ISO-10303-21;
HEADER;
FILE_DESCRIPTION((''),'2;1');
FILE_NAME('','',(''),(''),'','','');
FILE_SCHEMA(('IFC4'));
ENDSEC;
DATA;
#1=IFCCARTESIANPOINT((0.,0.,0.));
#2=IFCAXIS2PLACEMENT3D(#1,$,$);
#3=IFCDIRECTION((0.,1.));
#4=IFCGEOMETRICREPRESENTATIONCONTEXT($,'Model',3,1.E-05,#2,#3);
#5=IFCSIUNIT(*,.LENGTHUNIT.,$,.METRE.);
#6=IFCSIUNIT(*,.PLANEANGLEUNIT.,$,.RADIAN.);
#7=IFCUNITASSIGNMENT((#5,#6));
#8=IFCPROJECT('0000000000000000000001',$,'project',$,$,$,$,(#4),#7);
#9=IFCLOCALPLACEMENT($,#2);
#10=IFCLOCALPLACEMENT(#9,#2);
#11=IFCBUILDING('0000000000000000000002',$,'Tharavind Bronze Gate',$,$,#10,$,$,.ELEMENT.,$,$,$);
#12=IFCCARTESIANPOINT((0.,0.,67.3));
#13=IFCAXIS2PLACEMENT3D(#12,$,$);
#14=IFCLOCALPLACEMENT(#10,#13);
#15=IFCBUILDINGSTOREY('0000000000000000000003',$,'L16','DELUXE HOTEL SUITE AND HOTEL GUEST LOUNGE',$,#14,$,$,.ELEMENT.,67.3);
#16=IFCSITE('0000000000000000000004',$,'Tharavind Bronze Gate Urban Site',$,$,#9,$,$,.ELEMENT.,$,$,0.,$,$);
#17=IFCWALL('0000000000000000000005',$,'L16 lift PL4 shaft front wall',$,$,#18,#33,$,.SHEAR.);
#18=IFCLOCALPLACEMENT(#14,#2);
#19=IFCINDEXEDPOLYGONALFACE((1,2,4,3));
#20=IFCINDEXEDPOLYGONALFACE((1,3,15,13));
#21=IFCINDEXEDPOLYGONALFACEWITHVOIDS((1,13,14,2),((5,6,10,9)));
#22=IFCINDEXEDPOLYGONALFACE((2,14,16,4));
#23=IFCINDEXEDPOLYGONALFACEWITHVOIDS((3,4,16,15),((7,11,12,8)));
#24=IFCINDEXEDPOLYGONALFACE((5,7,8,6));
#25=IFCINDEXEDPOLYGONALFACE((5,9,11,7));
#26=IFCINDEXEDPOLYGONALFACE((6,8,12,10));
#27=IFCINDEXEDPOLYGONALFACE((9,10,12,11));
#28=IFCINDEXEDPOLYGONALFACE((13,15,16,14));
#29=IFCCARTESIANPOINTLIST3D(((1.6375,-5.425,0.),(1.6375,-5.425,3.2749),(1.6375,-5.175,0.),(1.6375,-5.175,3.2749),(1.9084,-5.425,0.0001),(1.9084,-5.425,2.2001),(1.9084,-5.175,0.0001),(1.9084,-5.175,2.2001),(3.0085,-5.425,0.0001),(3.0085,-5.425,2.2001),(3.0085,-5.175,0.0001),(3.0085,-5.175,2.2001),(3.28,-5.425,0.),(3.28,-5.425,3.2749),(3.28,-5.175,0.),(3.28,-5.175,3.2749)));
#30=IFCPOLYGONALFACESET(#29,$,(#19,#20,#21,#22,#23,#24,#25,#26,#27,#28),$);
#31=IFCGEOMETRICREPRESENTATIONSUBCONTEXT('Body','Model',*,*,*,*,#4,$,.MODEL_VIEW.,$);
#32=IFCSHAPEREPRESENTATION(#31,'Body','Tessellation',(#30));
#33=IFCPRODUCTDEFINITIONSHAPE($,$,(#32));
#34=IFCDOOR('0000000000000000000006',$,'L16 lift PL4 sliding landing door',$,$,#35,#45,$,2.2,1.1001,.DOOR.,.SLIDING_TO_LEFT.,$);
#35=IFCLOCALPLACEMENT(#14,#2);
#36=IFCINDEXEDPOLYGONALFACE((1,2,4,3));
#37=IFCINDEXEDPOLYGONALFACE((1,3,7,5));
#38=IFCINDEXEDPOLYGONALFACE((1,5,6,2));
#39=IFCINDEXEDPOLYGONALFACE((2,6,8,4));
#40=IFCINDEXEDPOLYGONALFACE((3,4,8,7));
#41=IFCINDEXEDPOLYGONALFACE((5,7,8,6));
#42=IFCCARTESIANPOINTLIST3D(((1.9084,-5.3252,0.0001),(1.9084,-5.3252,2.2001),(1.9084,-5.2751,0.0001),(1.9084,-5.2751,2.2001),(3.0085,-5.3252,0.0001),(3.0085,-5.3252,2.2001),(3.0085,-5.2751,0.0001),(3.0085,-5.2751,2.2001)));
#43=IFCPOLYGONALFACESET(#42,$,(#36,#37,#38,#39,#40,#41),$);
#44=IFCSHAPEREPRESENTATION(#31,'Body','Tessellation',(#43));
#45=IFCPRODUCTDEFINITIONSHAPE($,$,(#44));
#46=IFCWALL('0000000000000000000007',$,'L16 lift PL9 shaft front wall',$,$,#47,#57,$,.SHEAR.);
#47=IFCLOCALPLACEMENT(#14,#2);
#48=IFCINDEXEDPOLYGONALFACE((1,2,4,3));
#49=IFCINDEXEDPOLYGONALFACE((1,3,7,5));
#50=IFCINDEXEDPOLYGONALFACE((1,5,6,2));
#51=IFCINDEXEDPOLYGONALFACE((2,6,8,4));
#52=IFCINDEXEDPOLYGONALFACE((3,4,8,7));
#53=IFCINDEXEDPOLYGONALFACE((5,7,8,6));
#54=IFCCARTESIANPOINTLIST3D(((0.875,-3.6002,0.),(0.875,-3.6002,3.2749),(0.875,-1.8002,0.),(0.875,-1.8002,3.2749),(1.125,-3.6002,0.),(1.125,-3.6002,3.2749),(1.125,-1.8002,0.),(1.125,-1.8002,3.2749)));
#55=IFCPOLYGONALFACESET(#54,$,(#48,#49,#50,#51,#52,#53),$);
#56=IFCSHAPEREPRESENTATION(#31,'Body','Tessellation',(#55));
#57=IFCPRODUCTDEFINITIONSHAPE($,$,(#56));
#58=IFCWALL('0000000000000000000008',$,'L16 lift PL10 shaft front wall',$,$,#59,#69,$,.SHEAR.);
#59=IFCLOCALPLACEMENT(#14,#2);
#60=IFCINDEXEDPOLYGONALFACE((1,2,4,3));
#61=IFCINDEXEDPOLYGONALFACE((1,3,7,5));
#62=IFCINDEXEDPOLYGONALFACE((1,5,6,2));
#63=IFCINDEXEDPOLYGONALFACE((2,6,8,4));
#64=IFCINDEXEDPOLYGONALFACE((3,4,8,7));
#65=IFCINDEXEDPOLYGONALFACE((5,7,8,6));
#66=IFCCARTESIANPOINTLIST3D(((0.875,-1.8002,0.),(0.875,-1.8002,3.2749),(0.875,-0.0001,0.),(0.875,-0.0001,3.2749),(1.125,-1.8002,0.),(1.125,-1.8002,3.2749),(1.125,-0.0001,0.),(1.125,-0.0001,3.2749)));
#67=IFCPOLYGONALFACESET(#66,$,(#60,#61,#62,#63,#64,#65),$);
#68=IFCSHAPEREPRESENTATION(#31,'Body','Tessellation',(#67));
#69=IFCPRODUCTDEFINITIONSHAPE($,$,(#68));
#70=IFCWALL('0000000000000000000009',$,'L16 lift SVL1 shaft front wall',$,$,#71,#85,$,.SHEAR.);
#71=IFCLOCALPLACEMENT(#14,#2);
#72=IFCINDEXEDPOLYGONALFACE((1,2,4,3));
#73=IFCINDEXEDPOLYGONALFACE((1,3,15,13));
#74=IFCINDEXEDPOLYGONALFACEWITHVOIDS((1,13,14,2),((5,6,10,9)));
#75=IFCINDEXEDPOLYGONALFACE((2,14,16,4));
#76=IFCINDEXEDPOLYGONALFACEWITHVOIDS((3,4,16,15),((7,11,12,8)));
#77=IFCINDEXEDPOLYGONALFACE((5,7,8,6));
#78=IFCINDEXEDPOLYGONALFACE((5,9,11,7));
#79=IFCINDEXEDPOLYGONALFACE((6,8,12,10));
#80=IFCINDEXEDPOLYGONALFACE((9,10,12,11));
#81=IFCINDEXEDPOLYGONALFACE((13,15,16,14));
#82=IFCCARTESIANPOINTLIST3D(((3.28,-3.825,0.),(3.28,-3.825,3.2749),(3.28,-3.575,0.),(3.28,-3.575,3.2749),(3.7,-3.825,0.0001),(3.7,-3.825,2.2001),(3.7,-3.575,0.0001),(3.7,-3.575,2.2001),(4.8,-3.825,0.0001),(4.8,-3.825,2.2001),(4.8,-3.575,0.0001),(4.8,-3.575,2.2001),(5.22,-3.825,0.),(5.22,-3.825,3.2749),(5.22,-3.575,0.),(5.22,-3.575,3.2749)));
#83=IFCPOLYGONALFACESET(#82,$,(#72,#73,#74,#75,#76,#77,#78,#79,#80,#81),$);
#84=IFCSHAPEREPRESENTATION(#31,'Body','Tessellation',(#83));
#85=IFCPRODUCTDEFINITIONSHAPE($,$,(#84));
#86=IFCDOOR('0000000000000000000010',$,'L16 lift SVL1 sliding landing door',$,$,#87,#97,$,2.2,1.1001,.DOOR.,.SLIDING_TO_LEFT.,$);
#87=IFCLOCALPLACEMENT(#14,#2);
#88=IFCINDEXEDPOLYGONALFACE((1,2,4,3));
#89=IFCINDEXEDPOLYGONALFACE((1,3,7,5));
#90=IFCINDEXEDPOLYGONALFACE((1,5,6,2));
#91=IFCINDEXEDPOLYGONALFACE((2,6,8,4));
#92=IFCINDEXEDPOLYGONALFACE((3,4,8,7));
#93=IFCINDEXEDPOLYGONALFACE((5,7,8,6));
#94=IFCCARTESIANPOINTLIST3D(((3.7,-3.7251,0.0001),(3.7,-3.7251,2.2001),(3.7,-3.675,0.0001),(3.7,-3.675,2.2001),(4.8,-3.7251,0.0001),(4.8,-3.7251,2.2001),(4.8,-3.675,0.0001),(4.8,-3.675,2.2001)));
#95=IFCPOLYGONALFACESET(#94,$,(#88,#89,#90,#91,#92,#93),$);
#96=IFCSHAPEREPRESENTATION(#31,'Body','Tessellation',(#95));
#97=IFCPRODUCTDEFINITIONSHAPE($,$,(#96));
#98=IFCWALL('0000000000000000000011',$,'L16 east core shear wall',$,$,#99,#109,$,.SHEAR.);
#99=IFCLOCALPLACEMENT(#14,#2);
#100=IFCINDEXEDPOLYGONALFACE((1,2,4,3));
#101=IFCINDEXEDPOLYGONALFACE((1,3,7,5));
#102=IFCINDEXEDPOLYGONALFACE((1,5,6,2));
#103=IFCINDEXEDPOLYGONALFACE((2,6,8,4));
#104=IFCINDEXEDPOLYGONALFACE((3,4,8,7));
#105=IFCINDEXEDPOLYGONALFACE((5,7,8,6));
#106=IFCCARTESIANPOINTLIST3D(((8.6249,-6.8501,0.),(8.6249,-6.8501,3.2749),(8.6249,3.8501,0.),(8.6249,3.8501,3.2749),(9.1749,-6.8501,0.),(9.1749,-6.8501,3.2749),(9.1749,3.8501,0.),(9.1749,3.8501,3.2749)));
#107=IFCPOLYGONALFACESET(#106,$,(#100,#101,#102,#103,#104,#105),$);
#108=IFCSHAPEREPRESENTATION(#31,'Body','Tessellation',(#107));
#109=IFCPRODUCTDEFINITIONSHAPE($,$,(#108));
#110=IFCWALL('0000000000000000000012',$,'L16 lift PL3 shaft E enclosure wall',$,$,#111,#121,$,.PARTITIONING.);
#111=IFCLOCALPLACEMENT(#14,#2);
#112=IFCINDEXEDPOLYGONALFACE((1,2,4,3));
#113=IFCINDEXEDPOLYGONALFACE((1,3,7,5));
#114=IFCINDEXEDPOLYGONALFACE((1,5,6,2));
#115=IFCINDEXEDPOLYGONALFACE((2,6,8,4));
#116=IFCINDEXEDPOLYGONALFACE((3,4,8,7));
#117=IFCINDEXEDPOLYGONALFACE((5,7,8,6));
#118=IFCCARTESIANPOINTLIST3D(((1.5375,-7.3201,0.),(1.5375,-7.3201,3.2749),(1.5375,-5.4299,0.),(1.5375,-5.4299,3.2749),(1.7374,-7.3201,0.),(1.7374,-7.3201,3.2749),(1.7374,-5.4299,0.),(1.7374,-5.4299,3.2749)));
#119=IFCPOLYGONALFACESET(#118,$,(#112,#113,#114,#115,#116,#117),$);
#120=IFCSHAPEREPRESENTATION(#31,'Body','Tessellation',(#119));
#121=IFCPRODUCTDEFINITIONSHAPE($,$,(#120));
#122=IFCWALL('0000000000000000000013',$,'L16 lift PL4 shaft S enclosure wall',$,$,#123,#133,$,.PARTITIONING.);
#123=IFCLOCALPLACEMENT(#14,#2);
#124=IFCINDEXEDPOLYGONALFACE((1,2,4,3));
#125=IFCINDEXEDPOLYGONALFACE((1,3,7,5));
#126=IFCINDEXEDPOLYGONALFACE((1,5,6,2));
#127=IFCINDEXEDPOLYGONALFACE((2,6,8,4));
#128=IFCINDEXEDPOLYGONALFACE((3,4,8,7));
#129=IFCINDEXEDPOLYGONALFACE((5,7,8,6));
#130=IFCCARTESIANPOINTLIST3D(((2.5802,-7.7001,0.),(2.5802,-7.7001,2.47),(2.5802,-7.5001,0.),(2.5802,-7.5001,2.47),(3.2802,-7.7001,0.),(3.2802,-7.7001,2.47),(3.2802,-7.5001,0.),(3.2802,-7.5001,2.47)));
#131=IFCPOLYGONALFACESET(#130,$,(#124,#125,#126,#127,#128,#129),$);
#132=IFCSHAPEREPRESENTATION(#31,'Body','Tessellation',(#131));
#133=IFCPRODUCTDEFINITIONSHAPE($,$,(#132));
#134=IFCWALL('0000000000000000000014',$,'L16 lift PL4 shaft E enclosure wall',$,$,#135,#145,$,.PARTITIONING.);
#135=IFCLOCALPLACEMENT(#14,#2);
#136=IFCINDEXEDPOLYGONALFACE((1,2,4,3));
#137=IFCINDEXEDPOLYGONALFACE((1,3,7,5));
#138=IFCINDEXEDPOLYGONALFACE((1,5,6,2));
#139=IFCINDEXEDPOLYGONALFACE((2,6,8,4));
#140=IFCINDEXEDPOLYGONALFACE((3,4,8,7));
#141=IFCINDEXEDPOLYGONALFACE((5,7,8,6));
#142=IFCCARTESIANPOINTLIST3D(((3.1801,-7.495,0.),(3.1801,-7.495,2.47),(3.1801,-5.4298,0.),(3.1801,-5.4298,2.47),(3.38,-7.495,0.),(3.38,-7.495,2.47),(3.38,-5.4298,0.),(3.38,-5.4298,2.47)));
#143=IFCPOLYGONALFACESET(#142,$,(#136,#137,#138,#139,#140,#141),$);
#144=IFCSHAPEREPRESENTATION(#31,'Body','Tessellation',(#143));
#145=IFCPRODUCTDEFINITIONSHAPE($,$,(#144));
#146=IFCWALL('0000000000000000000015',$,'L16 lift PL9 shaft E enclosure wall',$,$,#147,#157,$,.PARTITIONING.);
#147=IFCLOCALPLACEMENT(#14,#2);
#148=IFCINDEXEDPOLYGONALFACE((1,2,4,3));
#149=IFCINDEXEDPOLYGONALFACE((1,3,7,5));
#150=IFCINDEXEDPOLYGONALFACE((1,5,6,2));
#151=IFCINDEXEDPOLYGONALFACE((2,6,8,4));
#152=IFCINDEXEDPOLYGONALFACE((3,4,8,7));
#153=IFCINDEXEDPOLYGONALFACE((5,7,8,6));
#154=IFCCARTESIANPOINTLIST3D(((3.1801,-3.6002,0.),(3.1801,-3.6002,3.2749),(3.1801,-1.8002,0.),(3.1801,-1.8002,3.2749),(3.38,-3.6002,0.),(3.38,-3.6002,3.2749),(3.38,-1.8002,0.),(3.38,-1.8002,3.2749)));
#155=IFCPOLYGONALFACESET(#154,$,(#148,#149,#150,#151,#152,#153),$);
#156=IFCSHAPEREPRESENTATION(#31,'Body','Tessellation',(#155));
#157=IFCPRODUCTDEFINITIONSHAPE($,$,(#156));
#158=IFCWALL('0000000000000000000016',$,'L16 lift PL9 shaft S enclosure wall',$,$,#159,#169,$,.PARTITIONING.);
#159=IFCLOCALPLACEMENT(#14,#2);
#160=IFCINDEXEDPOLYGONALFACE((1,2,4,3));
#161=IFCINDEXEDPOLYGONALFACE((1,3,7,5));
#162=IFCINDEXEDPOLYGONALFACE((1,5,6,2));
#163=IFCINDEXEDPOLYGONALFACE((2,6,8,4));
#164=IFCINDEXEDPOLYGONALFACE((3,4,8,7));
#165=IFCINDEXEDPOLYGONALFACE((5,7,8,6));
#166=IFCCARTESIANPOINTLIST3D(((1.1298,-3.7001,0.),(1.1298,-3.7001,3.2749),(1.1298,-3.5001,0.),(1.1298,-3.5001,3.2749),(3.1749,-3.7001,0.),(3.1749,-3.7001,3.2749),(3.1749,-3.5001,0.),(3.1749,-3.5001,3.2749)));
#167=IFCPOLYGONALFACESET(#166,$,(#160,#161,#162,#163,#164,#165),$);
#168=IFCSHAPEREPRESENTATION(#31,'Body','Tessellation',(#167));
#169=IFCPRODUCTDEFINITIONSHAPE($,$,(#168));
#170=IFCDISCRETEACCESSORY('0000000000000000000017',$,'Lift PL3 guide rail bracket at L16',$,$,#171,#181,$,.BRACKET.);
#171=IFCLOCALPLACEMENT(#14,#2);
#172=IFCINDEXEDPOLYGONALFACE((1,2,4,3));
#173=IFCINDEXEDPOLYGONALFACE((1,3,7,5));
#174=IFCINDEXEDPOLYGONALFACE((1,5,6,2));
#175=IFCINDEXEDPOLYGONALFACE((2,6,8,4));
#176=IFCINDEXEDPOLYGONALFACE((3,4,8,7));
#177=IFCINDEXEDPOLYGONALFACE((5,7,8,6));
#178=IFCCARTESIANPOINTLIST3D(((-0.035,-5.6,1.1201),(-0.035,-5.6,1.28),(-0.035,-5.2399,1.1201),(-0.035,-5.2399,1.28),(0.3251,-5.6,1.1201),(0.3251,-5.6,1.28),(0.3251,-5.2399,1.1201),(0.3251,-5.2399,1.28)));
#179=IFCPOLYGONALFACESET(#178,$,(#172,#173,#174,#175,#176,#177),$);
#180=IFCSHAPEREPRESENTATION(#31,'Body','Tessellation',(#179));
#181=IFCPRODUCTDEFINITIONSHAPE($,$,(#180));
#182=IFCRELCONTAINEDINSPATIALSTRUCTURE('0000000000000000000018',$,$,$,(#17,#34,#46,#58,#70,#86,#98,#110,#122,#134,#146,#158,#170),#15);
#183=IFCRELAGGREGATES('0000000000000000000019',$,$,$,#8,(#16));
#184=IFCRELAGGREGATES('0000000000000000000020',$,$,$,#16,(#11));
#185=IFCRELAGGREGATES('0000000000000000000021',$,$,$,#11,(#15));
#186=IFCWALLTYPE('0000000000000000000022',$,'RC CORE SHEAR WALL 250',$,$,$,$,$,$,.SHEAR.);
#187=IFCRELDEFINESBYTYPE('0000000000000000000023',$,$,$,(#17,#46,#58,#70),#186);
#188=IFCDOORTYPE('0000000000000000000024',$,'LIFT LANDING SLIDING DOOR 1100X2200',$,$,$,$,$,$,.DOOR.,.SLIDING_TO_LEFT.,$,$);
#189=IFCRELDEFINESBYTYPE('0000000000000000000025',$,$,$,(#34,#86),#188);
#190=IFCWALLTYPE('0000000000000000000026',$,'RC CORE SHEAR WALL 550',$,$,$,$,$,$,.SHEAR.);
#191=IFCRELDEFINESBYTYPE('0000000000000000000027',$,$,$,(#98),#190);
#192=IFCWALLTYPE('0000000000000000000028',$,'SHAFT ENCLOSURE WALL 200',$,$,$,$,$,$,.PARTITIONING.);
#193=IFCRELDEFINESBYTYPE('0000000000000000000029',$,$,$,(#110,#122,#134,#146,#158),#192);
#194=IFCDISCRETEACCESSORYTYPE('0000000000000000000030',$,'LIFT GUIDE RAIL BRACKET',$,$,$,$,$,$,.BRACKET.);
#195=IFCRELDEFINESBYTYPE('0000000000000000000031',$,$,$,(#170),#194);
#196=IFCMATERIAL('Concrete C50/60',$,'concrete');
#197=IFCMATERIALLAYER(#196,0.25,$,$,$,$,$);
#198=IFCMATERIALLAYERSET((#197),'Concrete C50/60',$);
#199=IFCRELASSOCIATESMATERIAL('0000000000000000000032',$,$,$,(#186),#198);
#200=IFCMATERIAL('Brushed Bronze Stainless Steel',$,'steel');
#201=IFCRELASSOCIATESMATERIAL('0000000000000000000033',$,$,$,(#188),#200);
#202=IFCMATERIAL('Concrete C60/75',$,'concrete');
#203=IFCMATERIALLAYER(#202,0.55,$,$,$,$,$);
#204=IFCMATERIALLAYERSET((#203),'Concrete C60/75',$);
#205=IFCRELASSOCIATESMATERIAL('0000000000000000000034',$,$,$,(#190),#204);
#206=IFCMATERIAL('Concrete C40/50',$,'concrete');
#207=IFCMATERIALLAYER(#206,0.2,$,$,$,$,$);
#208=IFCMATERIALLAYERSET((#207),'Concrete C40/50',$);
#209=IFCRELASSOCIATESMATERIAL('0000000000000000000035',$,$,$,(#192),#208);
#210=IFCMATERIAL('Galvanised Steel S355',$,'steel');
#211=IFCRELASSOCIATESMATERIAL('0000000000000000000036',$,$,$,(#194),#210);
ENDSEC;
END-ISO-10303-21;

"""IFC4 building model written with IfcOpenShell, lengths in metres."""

from ifc_helpers import new_model, si_unit, direction, frame, frame_2d, origin, origin_2d, place, context, subcontext, project, spatial, rectangle, extrude, material, layer, layer_set, type_object, element, fill, save


model = new_model("IFC4")

# Units and contexts
model_context = context("Model", 3, precision=1e-05, world=origin(), true_north=direction((0.0, 1.0)))
body_context = subcontext(model_context, "Body", "Model", "MODEL_VIEW")
ifc_project = project(units=[si_unit("LENGTHUNIT", "METRE"), si_unit("PLANEANGLEUNIT", "RADIAN")], contexts=[model_context])

# Site, building, storey
site_placement = place(None, origin())
site = spatial("IfcSite", under=ifc_project, at=site_placement, Name="Tharavind Bronze Gate Urban Site", CompositionType="ELEMENT", RefElevation=0.0)
building_placement = place(site_placement, origin())
building = spatial("IfcBuilding", under=site, at=building_placement, Name="Tharavind Bronze Gate", CompositionType="ELEMENT")
storey_placement = place(building_placement, frame((0.0, 0.0, 67.3)))
storey = spatial("IfcBuildingStorey", under=building, at=storey_placement, Name="L16", Description="DELUXE HOTEL SUITE AND HOTEL GUEST LOUNGE", CompositionType="ELEMENT", Elevation=67.3)

# Shared definitions
ifc_material_1 = material(Name="Concrete C50/60", Category="concrete")
ifc_layer_1 = layer(ifc_material_1, 0.25)
ifc_layer_set_1 = layer_set([ifc_layer_1], Name="Concrete C50/60")
wall_type_1 = type_object("IfcWallType", Name="RC CORE SHEAR WALL 250", PredefinedType="SHEAR", material=ifc_layer_set_1)

# Wall, opening, door
wall_1_placement = place(storey_placement, frame((1.6375, -5.3, 0.0), z_axis=(0.0, 0.0, 1.0), x_axis=(1.0, 0.0, 0.0)))
wall_1 = element("IfcWall", 1, at=wall_1_placement, inside=storey, type_object=wall_type_1, Name="L16 lift PL4 shaft front wall", PredefinedType="SHEAR", context=body_context, shape_type="SweptSolid", body=[
    extrude(rectangle(XDim=1.6426, YDim=0.25, at=frame_2d((0.8213, 0.0))), origin(), (0.0, 0.0, 1.0), 3.2749),
])
opening_1_placement = place(wall_1_placement, frame((0.271, 0.0, 0.0)))
opening_1 = element("IfcOpeningElement", 2, at=opening_1_placement, cuts=wall_1, PredefinedType="OPENING", context=body_context, shape_type="SweptSolid", body=[
    extrude(rectangle(XDim=1.1001, YDim=2.2, at=frame_2d((0.55, 1.1001))), frame((0.0, 0.135, 0.0), z_axis=(0.0, -1.0, 0.0), x_axis=(1.0, 0.0, 0.0)), (0.0, 0.0, 1.0), 0.27),
])
ifc_material_2 = material(Name="Brushed Bronze Stainless Steel", Category="steel")
door_type_1 = type_object("IfcDoorType", Name="LIFT LANDING SLIDING DOOR 1100X2200", OperationType="SLIDING_TO_LEFT", PredefinedType="DOOR", material=ifc_material_2)
door_1_placement = place(opening_1_placement, origin())
door_1 = element("IfcDoor", 3, at=door_1_placement, inside=storey, type_object=door_type_1, Name="L16 lift PL4 sliding landing door", OperationType="SLIDING_TO_LEFT", OverallHeight=2.2, OverallWidth=1.1001, PredefinedType="DOOR", context=body_context, shape_type="SweptSolid", body=[
    extrude(rectangle(XDim=1.1001, YDim=2.2, at=frame_2d((0.55, 1.1001))), frame((0.0, 0.0249, 0.0), z_axis=(0.0, -1.0, 0.0), x_axis=(1.0, 0.0, 0.0)), (0.0, 0.0, 1.0), 0.05),
])
fill(opening_1, door_1)

# Walls
for number, where, z_axis, x_axis, name in (
    (4, (1.0, -3.6001, 0.0), (0.0, 0.0, 1.0), (0.0, 1.0, 0.0), "L16 lift PL9 shaft front wall"),
    (5, (1.0, -1.8, 0.0), (0.0, 0.0, 1.0), (0.0, 1.0, 0.0), "L16 lift PL10 shaft front wall"),
):
    element("IfcWall", number, at=place(storey_placement, frame(where, z_axis=z_axis, x_axis=x_axis)), inside=storey, type_object=wall_type_1, Name=name, PredefinedType="SHEAR", context=body_context, shape_type="SweptSolid", body=[
        extrude(rectangle(XDim=1.8, YDim=0.25, at=frame_2d((0.8999, 0.0))), origin(), (0.0, 0.0, 1.0), 3.2749),
    ])

# Wall, opening, door
wall_2_placement = place(storey_placement, frame((3.28, -3.7, 0.0), z_axis=(0.0, 0.0, 1.0), x_axis=(1.0, 0.0, 0.0)))
wall_2 = element("IfcWall", 6, at=wall_2_placement, inside=storey, type_object=wall_type_1, Name="L16 lift SVL1 shaft front wall", PredefinedType="SHEAR", context=body_context, shape_type="SweptSolid", body=[
    extrude(rectangle(XDim=1.9399, YDim=0.25, at=frame_2d((0.97, 0.0))), origin(), (0.0, 0.0, 1.0), 3.2749),
])
opening_2_placement = place(wall_2_placement, frame((0.4199, 0.0, 0.0)))
opening_2 = element("IfcOpeningElement", 7, at=opening_2_placement, cuts=wall_2, PredefinedType="OPENING", context=body_context, shape_type="SweptSolid", body=[
    extrude(rectangle(XDim=1.1001, YDim=2.2, at=frame_2d((0.55, 1.1001))), frame((0.0, 0.135, 0.0), z_axis=(0.0, -1.0, 0.0), x_axis=(1.0, 0.0, 0.0)), (0.0, 0.0, 1.0), 0.27),
])
door_2_placement = place(opening_2_placement, origin())
door_2 = element("IfcDoor", 8, at=door_2_placement, inside=storey, type_object=door_type_1, Name="L16 lift SVL1 sliding landing door", OperationType="SLIDING_TO_LEFT", OverallHeight=2.2, OverallWidth=1.1001, PredefinedType="DOOR", context=body_context, shape_type="SweptSolid", body=[
    extrude(rectangle(XDim=1.1001, YDim=2.2, at=frame_2d((0.55, 1.1001))), frame((0.0, 0.0249, 0.0), z_axis=(0.0, -1.0, 0.0), x_axis=(1.0, 0.0, 0.0)), (0.0, 0.0, 1.0), 0.05),
])
fill(opening_2, door_2)

# Walls
ifc_material_3 = material(Name="Concrete C60/75", Category="concrete")
ifc_layer_2 = layer(ifc_material_3, 0.55)
ifc_layer_set_2 = layer_set([ifc_layer_2], Name="Concrete C60/75")
wall_type_2 = type_object("IfcWallType", Name="RC CORE SHEAR WALL 550", PredefinedType="SHEAR", material=ifc_layer_set_2)
wall_3_placement = place(storey_placement, frame((8.8999, -6.8501, 0.0), z_axis=(0.0, 0.0, 1.0), x_axis=(0.0, 1.0, 0.0)))
element("IfcWall", 9, at=wall_3_placement, inside=storey, type_object=wall_type_2, Name="L16 east core shear wall", PredefinedType="SHEAR", context=body_context, shape_type="SweptSolid", body=[
    extrude(rectangle(XDim=10.7002, YDim=0.55, at=frame_2d((5.3501, 0.0))), origin(), (0.0, 0.0, 1.0), 3.2749),
])
ifc_material_4 = material(Name="Concrete C40/50", Category="concrete")
ifc_layer_3 = layer(ifc_material_4, 0.2)
ifc_layer_set_3 = layer_set([ifc_layer_3], Name="Concrete C40/50")
wall_type_3 = type_object("IfcWallType", Name="SHAFT ENCLOSURE WALL 200", PredefinedType="PARTITIONING", material=ifc_layer_set_3)
wall_4_placement = place(storey_placement, frame((1.6375, -7.3201, 0.0), z_axis=(0.0, 0.0, 1.0), x_axis=(0.0, 1.0, 0.0)))
element("IfcWall", 10, at=wall_4_placement, inside=storey, type_object=wall_type_3, Name="L16 lift PL3 shaft E enclosure wall", PredefinedType="PARTITIONING", context=body_context, shape_type="SweptSolid", body=[
    extrude(rectangle(XDim=1.8901, YDim=0.2, at=frame_2d((0.9451, 0.0))), origin(), (0.0, 0.0, 1.0), 3.2749),
])
wall_5_placement = place(storey_placement, frame((2.5801, -7.6001, 0.0), z_axis=(0.0, 0.0, 1.0), x_axis=(1.0, 0.0, 0.0)))
element("IfcWall", 11, at=wall_5_placement, inside=storey, type_object=wall_type_3, Name="L16 lift PL4 shaft S enclosure wall", PredefinedType="PARTITIONING", context=body_context, shape_type="SweptSolid", body=[
    extrude(rectangle(XDim=0.7, YDim=0.2, at=frame_2d((0.3501, 0.0))), origin(), (0.0, 0.0, 1.0), 2.47),
])
wall_6_placement = place(storey_placement, frame((3.28, -7.4951, 0.0), z_axis=(0.0, 0.0, 1.0), x_axis=(0.0, 1.0, 0.0)))
element("IfcWall", 12, at=wall_6_placement, inside=storey, type_object=wall_type_3, Name="L16 lift PL4 shaft E enclosure wall", PredefinedType="PARTITIONING", context=body_context, shape_type="SweptSolid", body=[
    extrude(rectangle(XDim=2.0652, YDim=0.2, at=frame_2d((1.0327, 0.0))), origin(), (0.0, 0.0, 1.0), 2.47),
])
wall_7_placement = place(storey_placement, frame((3.28, -3.6001, 0.0), z_axis=(0.0, 0.0, 1.0), x_axis=(0.0, 1.0, 0.0)))
element("IfcWall", 13, at=wall_7_placement, inside=storey, type_object=wall_type_3, Name="L16 lift PL9 shaft E enclosure wall", PredefinedType="PARTITIONING", context=body_context, shape_type="SweptSolid", body=[
    extrude(rectangle(XDim=1.8, YDim=0.2, at=frame_2d((0.8999, 0.0))), origin(), (0.0, 0.0, 1.0), 3.2749),
])
wall_8_placement = place(storey_placement, frame((1.1299, -3.6001, 0.0), z_axis=(0.0, 0.0, 1.0), x_axis=(1.0, 0.0, 0.0)))
element("IfcWall", 14, at=wall_8_placement, inside=storey, type_object=wall_type_3, Name="L16 lift PL9 shaft S enclosure wall", PredefinedType="PARTITIONING", context=body_context, shape_type="SweptSolid", body=[
    extrude(rectangle(XDim=2.0452, YDim=0.2, at=frame_2d((1.0225, 0.0))), origin(), (0.0, 0.0, 1.0), 3.2749),
])

# Discrete accessory
ifc_material_5 = material(Name="Galvanised Steel S355", Category="steel")
discrete_accessory_type = type_object("IfcDiscreteAccessoryType", Name="LIFT GUIDE RAIL BRACKET", PredefinedType="BRACKET", material=ifc_material_5)
for number, where, z_axis, x_axis, name in (
    (15, (0.145, -5.4199, 1.1201), (0.0, 0.0, 1.0), (1.0, 0.0, 0.0), "Lift PL3 guide rail bracket at L16"),
):
    element("IfcDiscreteAccessory", number, at=place(storey_placement, frame(where, z_axis=z_axis, x_axis=x_axis)), inside=storey, type_object=discrete_accessory_type, Name=name, PredefinedType="BRACKET", context=body_context, shape_type="SweptSolid", body=[
        extrude(rectangle(XDim=0.3601, YDim=0.3601, at=origin_2d()), origin(), (0.0, 0.0, 1.0), 0.1599),
    ])

save(model, "model.ifc")
